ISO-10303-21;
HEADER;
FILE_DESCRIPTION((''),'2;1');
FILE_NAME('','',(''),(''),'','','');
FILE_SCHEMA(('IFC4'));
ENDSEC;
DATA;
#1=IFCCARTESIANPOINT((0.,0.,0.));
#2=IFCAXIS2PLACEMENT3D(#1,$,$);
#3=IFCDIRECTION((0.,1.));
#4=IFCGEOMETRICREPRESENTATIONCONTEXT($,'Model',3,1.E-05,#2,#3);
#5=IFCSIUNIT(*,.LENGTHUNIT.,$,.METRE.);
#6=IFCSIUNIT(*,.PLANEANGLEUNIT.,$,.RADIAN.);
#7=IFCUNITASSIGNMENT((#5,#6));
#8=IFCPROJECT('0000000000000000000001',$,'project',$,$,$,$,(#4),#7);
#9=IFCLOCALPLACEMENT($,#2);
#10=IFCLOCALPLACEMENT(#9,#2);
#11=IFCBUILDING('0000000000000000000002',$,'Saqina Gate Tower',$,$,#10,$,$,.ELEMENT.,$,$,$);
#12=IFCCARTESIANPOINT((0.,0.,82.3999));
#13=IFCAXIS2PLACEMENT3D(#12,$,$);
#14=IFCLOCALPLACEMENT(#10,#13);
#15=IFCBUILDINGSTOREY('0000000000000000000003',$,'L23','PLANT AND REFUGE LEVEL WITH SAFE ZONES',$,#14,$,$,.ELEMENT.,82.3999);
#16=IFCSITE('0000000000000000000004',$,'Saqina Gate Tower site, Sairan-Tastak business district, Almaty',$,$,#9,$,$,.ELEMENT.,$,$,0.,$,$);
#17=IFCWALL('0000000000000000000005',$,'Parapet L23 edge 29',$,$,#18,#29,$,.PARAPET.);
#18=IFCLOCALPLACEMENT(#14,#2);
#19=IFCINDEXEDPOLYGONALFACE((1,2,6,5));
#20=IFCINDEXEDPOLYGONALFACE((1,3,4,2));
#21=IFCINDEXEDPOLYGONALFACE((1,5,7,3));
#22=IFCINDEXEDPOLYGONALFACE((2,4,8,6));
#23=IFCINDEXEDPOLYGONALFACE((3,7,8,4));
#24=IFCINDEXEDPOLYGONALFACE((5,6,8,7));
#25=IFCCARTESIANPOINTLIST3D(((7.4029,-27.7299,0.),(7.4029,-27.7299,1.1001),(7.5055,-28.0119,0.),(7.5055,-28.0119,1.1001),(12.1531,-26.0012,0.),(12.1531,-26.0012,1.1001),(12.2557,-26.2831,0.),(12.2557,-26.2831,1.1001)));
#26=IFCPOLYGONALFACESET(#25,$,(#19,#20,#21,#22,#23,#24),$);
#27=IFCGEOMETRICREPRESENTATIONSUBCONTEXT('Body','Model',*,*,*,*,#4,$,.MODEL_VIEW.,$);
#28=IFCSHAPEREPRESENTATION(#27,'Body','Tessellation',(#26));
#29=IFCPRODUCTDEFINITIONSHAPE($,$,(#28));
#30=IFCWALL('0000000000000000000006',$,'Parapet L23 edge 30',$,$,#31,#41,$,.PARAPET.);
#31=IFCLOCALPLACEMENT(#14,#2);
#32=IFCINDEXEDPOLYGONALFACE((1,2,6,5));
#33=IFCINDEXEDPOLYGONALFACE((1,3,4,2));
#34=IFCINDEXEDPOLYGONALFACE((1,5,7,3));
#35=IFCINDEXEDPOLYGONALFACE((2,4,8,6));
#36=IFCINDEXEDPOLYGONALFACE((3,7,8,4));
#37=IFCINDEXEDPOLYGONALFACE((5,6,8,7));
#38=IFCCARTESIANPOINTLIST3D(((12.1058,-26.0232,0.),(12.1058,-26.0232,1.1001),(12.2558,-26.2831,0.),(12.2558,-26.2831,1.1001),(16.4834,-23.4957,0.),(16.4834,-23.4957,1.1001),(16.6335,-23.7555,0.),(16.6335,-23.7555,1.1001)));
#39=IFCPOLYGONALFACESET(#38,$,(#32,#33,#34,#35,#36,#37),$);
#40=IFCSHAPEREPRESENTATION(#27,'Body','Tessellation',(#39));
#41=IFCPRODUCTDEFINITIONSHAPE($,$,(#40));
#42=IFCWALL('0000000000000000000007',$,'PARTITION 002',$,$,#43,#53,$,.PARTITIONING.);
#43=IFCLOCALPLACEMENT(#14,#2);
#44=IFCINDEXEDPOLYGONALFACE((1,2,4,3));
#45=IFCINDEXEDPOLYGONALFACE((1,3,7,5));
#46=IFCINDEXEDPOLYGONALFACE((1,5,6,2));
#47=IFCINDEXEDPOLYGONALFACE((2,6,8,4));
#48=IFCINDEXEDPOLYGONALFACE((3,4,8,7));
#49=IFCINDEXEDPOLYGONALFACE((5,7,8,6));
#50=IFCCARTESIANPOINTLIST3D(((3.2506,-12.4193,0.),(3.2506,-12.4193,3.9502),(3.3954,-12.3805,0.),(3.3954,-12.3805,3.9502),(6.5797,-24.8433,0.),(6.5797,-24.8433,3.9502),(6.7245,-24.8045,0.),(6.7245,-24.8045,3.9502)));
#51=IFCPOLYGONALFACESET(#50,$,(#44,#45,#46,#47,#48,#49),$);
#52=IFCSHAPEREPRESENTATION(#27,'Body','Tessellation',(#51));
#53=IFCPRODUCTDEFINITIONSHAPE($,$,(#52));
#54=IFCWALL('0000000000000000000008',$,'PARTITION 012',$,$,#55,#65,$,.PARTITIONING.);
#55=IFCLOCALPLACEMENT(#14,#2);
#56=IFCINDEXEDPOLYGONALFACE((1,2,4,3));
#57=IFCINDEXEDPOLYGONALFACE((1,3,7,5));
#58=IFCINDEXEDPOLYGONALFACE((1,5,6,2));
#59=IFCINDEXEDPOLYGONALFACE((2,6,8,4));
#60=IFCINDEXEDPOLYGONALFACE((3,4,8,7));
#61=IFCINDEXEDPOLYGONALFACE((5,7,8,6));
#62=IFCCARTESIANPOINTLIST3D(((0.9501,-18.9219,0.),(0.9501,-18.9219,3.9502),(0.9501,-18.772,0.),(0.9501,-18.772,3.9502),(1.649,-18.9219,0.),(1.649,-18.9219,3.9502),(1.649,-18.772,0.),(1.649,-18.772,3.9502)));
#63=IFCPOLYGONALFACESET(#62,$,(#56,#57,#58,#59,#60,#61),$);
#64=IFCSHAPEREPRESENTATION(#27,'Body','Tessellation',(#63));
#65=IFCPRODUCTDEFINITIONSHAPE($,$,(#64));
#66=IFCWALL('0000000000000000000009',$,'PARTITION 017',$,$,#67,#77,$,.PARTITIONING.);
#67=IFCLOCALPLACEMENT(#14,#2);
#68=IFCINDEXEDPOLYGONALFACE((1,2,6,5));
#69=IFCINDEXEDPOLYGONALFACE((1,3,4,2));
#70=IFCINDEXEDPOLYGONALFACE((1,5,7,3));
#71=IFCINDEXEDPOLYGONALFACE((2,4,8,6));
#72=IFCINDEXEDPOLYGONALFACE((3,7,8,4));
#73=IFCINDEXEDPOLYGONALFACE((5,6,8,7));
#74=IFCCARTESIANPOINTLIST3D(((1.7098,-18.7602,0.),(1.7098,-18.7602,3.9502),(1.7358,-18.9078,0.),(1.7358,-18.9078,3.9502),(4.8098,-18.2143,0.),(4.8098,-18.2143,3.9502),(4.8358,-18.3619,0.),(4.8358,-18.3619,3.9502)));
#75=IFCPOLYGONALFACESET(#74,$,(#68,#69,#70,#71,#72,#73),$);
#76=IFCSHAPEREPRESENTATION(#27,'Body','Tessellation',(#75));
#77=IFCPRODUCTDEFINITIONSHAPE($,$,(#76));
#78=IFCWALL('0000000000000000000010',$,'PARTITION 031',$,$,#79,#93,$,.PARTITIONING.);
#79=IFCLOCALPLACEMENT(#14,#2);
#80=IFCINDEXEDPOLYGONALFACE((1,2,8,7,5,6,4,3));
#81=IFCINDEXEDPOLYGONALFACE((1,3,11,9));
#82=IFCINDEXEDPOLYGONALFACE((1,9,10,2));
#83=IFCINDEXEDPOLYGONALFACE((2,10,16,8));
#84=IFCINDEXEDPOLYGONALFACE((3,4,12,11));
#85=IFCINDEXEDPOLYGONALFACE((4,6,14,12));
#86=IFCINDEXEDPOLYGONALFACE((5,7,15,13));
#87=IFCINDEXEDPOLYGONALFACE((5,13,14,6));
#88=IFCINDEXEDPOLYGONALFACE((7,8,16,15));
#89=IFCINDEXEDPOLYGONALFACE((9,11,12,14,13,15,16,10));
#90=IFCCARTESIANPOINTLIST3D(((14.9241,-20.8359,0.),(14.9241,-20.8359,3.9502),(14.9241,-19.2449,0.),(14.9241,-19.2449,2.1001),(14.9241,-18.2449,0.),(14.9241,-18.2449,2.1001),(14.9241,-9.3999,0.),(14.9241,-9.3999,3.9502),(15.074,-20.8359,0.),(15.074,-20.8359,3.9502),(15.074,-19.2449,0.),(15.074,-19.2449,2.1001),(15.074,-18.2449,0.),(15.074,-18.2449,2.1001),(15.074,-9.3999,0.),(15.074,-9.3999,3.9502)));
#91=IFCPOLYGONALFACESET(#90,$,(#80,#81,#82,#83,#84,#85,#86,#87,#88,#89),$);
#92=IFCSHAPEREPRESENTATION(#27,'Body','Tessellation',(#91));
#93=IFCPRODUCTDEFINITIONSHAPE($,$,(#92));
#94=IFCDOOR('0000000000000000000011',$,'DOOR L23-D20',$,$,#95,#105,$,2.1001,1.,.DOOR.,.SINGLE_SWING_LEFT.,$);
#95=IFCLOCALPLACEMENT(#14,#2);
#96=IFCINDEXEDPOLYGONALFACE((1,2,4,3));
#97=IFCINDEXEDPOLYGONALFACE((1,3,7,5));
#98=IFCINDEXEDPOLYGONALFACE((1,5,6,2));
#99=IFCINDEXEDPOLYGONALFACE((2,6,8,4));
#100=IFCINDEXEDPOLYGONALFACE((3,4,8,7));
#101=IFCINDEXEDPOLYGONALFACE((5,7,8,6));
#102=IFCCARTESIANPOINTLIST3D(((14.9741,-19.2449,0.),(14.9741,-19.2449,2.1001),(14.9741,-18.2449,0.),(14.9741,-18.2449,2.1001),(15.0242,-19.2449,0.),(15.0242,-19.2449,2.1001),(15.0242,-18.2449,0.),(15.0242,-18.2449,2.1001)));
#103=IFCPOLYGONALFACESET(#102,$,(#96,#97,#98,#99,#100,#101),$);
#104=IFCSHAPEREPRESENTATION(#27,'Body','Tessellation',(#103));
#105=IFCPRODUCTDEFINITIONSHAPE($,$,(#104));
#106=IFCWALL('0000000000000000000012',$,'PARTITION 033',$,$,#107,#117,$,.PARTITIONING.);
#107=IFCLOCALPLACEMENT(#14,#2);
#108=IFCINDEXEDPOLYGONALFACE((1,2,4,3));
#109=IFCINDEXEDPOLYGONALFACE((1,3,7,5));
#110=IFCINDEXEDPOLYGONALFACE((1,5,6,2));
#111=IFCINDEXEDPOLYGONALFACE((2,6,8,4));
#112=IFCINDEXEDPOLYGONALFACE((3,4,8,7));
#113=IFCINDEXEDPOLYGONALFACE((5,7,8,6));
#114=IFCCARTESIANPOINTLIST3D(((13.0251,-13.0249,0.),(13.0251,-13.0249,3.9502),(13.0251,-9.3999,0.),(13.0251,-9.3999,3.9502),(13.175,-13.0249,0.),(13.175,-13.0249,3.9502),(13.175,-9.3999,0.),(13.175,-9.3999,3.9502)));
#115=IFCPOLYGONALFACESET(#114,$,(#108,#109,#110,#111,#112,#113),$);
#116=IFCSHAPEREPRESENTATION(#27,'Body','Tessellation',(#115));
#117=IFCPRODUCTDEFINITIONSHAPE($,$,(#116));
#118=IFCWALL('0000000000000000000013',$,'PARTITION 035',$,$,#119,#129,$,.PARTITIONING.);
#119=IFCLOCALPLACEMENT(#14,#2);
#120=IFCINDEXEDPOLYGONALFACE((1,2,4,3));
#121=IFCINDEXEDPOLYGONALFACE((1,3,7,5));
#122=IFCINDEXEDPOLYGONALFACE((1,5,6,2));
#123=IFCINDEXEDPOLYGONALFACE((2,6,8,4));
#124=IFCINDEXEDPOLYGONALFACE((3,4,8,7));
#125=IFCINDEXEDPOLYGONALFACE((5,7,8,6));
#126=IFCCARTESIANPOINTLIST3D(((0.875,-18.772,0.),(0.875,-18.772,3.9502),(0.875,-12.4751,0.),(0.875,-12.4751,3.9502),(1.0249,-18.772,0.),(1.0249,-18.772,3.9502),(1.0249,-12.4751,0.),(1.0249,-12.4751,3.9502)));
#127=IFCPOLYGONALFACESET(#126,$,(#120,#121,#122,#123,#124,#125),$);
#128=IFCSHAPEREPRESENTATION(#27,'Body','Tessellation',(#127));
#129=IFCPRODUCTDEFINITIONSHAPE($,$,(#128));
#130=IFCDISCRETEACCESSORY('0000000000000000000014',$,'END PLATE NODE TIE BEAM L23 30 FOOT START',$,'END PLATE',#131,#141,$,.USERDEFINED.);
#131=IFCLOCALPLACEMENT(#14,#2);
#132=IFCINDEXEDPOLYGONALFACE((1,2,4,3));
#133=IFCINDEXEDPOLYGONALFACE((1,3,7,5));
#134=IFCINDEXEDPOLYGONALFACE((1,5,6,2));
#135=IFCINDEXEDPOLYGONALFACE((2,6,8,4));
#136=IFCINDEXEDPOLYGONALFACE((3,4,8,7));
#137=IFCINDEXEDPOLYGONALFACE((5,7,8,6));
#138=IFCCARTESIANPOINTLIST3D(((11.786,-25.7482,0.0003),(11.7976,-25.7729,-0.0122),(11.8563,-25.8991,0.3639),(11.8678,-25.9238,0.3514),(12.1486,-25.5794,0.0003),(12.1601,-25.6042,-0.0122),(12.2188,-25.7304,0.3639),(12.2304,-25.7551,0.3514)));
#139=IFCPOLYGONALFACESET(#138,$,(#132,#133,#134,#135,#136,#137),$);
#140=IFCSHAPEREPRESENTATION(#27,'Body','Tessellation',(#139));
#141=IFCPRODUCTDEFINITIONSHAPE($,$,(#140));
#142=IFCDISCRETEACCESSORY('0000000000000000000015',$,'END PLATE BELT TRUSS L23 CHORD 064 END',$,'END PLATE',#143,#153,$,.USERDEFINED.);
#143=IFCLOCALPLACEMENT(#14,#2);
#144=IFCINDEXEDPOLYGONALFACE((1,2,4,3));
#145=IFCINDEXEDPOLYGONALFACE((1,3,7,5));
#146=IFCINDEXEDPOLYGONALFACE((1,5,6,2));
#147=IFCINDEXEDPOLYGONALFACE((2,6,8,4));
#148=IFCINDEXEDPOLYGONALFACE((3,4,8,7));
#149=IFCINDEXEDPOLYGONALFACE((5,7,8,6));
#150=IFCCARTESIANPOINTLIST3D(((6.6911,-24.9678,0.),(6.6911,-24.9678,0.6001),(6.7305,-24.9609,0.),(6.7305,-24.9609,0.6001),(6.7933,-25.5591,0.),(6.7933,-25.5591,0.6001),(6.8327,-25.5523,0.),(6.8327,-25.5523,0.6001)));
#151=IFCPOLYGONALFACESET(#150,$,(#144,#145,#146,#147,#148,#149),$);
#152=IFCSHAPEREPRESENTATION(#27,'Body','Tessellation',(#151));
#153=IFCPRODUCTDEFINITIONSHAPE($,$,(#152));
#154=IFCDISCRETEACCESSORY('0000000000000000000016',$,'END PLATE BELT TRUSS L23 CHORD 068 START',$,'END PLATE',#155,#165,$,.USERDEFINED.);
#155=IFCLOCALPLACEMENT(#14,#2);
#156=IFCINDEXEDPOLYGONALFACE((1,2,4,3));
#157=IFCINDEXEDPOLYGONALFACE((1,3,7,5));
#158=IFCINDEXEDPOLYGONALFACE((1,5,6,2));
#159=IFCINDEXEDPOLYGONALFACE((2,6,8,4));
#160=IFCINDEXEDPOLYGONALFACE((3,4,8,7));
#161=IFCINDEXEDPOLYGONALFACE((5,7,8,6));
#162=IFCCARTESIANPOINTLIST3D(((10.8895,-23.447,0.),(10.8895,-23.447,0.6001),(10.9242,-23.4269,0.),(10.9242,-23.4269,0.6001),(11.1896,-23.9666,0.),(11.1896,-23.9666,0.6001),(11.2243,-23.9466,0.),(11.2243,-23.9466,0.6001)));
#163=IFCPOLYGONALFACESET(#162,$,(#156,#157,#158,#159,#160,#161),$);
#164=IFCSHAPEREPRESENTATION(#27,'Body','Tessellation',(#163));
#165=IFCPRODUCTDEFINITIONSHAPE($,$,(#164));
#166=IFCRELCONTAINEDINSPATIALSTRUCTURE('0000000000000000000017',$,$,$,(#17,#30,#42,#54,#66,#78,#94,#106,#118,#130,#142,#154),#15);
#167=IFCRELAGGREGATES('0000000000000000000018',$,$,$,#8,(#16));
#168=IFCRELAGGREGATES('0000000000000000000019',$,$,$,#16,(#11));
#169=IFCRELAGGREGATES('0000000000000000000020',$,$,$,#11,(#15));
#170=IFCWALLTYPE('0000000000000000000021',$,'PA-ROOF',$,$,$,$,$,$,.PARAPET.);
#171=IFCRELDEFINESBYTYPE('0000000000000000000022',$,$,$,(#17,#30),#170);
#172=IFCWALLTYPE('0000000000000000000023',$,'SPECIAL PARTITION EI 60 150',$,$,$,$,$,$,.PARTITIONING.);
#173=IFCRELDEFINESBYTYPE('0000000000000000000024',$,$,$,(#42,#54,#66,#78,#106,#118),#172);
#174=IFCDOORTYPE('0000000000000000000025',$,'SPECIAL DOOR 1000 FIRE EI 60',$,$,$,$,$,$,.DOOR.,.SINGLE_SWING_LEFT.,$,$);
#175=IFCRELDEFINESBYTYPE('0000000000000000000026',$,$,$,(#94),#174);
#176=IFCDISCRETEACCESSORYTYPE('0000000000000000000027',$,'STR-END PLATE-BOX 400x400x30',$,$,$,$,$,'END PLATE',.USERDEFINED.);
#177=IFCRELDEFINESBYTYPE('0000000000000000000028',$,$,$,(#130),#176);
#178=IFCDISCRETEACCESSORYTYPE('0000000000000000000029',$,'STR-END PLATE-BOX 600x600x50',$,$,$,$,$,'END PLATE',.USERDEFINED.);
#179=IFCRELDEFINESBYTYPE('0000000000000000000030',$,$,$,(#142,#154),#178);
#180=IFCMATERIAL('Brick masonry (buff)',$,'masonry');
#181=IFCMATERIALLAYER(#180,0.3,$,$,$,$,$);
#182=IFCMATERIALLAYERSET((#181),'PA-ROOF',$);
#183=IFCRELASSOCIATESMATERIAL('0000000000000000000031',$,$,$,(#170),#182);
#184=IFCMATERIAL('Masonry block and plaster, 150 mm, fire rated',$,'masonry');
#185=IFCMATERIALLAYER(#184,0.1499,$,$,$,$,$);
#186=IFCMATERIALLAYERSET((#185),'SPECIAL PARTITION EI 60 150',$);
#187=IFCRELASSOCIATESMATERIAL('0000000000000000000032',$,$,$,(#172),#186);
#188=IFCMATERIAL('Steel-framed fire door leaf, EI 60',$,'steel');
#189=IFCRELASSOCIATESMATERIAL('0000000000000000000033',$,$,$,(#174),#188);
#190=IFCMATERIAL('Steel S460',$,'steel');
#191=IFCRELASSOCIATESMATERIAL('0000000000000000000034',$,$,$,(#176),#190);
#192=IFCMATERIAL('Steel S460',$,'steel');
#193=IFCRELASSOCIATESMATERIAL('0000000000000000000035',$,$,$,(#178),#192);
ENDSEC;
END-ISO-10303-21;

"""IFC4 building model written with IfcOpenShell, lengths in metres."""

from ifc_helpers import new_model, si_unit, direction, frame, frame_2d, origin, origin_2d, place, context, subcontext, project, spatial, rectangle, extrude, material, layer, layer_set, material_profile, profile_set, type_object, element, fill, save


model = new_model("IFC4")

# Units and contexts
model_context = context("Model", 3, precision=1e-05, world=origin(), true_north=direction((0.0, 1.0)))
body_context = subcontext(model_context, "Body", "Model", "MODEL_VIEW")
ifc_project = project(units=[si_unit("LENGTHUNIT", "METRE"), si_unit("PLANEANGLEUNIT", "RADIAN")], contexts=[model_context])

# Site, building, storey
site_placement = place(None, origin())
site = spatial("IfcSite", under=ifc_project, at=site_placement, Name="Saqina Gate Tower site, Sairan-Tastak business district, Almaty", CompositionType="ELEMENT", RefElevation=0.0)
building_placement = place(site_placement, origin())
building = spatial("IfcBuilding", under=site, at=building_placement, Name="Saqina Gate Tower", CompositionType="ELEMENT")
storey_placement = place(building_placement, frame((0.0, 0.0, 82.3999)))
storey = spatial("IfcBuildingStorey", under=building, at=storey_placement, Name="L23", Description="PLANT AND REFUGE LEVEL WITH SAFE ZONES", CompositionType="ELEMENT", Elevation=82.3999)

# Walls
ifc_material_1 = material(Name="Brick masonry (buff)", Category="masonry")
ifc_layer_1 = layer(ifc_material_1, 0.3)
ifc_layer_set_1 = layer_set([ifc_layer_1], Name="PA-ROOF")
wall_type_1 = type_object("IfcWallType", Name="PA-ROOF", PredefinedType="PARAPET", material=ifc_layer_set_1)
for number, where, z_axis, x_axis, name in (
    (1, (7.4543, -27.8708, 0.0), (0.0, 0.0, 1.0), (0.939705, 0.341987, 0.0), "Parapet L23 edge 29"),
    (2, (12.1809, -26.1531, 0.0), (0.0, 0.0, 1.0), (0.866014, 0.500019, 0.0), "Parapet L23 edge 30"),
):
    element("IfcWall", number, at=place(storey_placement, frame(where, z_axis=z_axis, x_axis=x_axis)), inside=storey, type_object=wall_type_1, Name=name, PredefinedType="PARAPET", context=body_context, shape_type="SweptSolid", body=[
        extrude(rectangle(XDim=5.0549, YDim=0.3, at=frame_2d((2.5273, 0.0))), origin(), (0.0, 0.0, 1.0), 1.1001),
    ])
ifc_material_2 = material(Name="Masonry block and plaster, 150 mm, fire rated", Category="masonry")
ifc_layer_2 = layer(ifc_material_2, 0.1499)
ifc_layer_set_2 = layer_set([ifc_layer_2], Name="SPECIAL PARTITION EI 60 150")
wall_type_2 = type_object("IfcWallType", Name="SPECIAL PARTITION EI 60 150", PredefinedType="PARTITIONING", material=ifc_layer_set_2)
wall_1_placement = place(storey_placement, frame((3.323, -12.3999, 0.0), z_axis=(0.0, 0.0, 1.0), x_axis=(0.258825, -0.965924, 0.0)))
element("IfcWall", 3, at=wall_1_placement, inside=storey, type_object=wall_type_2, Name="PARTITION 002", PredefinedType="PARTITIONING", context=body_context, shape_type="SweptSolid", body=[
    extrude(rectangle(XDim=12.8623, YDim=0.1499, at=frame_2d((6.4312, 0.0))), origin(), (0.0, 0.0, 1.0), 3.9502),
])
wall_2_placement = place(storey_placement, frame((0.95, -18.8469, 0.0), z_axis=(0.0, 0.0, 1.0), x_axis=(1.0, 0.0, 0.0)))
element("IfcWall", 4, at=wall_2_placement, inside=storey, type_object=wall_type_2, Name="PARTITION 012", PredefinedType="PARTITIONING", context=body_context, shape_type="SweptSolid", body=[
    extrude(rectangle(XDim=0.699, YDim=0.1499, at=frame_2d((0.3496, 0.0))), origin(), (0.0, 0.0, 1.0), 3.9502),
])
wall_3_placement = place(storey_placement, frame((1.7229, -18.834, 0.0), z_axis=(0.0, 0.0, 1.0), x_axis=(0.984848, 0.173423, 0.0)))
element("IfcWall", 5, at=wall_3_placement, inside=storey, type_object=wall_type_2, Name="PARTITION 017", PredefinedType="PARTITIONING", context=body_context, shape_type="SweptSolid", body=[
    extrude(rectangle(XDim=3.1477, YDim=0.1499, at=frame_2d((1.5737, 0.0))), origin(), (0.0, 0.0, 1.0), 3.9502),
])

# Wall, opening, door
wall_4_placement = place(storey_placement, frame((14.999, -20.8359, 0.0), z_axis=(0.0, 0.0, 1.0), x_axis=(0.0, 1.0, 0.0)))
wall_4 = element("IfcWall", 6, at=wall_4_placement, inside=storey, type_object=wall_type_2, Name="PARTITION 031", PredefinedType="PARTITIONING", context=body_context, shape_type="SweptSolid", body=[
    extrude(rectangle(XDim=11.436, YDim=0.1499, at=frame_2d((5.718, 0.0))), origin(), (0.0, 0.0, 1.0), 3.9502),
])
opening_placement = place(wall_4_placement, frame((1.5911, 0.0, 0.0)))
opening = element("IfcOpeningElement", 7, at=opening_placement, cuts=wall_4, PredefinedType="OPENING", context=body_context, shape_type="SweptSolid", body=[
    extrude(rectangle(XDim=1.0, YDim=2.1001, at=frame_2d((0.5, 1.05))), frame((0.0, 0.0869, 0.0), z_axis=(0.0, -1.0, 0.0), x_axis=(1.0, 0.0, 0.0)), (0.0, 0.0, 1.0), 0.1738),
])
ifc_material_3 = material(Name="Steel-framed fire door leaf, EI 60", Category="steel")
door_type = type_object("IfcDoorType", Name="SPECIAL DOOR 1000 FIRE EI 60", OperationType="SINGLE_SWING_LEFT", PredefinedType="DOOR", material=ifc_material_3)
door_placement = place(opening_placement, origin())
door = element("IfcDoor", 8, at=door_placement, inside=storey, type_object=door_type, Name="DOOR L23-D20", OperationType="SINGLE_SWING_LEFT", OverallHeight=2.1001, OverallWidth=1.0, PredefinedType="DOOR", context=body_context, shape_type="SweptSolid", body=[
    extrude(rectangle(XDim=1.0, YDim=2.1001, at=frame_2d((0.5, 1.05))), frame((0.0, 0.0249, 0.0), z_axis=(0.0, -1.0, 0.0), x_axis=(1.0, 0.0, 0.0)), (0.0, 0.0, 1.0), 0.05),
])
fill(opening, door)

# Walls
wall_5_placement = place(storey_placement, frame((13.1001, -13.0249, 0.0), z_axis=(0.0, 0.0, 1.0), x_axis=(0.0, 1.0, 0.0)))
element("IfcWall", 9, at=wall_5_placement, inside=storey, type_object=wall_type_2, Name="PARTITION 033", PredefinedType="PARTITIONING", context=body_context, shape_type="SweptSolid", body=[
    extrude(rectangle(XDim=3.625, YDim=0.1499, at=frame_2d((1.8125, 0.0))), origin(), (0.0, 0.0, 1.0), 3.9502),
])
wall_6_placement = place(storey_placement, frame((0.95, -18.772, 0.0), z_axis=(0.0, 0.0, 1.0), x_axis=(0.0, 1.0, 0.0)))
element("IfcWall", 10, at=wall_6_placement, inside=storey, type_object=wall_type_2, Name="PARTITION 035", PredefinedType="PARTITIONING", context=body_context, shape_type="SweptSolid", body=[
    extrude(rectangle(XDim=6.2969, YDim=0.1499, at=frame_2d((3.1484, 0.0))), origin(), (0.0, 0.0, 1.0), 3.9502),
])

# Discrete accessories
ifc_material_4 = material(Name="Steel S460", Category="steel")
ifc_material_profile_1 = material_profile(ifc_material_4, rectangle(XDim=0.3999, YDim=0.3999, at=origin_2d()), Name="STR-END PLATE-BOX 400x400x30")
ifc_profile_set_1 = profile_set([ifc_material_profile_1], Name="Steel S460")
discrete_accessory_type_1 = type_object("IfcDiscreteAccessoryType", Name="STR-END PLATE-BOX 400x400x30", ElementType="END PLATE", PredefinedType="USERDEFINED", material=ifc_profile_set_1)
discrete_accessory_placement = place(storey_placement, frame((12.0024, -25.7393, 0.1821), z_axis=(0.383613, -0.824359, -0.416261), x_axis=(-0.90664, -0.421905, 0.000007)))
element("IfcDiscreteAccessory", 11, at=discrete_accessory_placement, inside=storey, type_object=discrete_accessory_type_1, Name="END PLATE NODE TIE BEAM L23 30 FOOT START", ObjectType="END PLATE", PredefinedType="USERDEFINED", context=body_context, shape_type="SweptSolid", body=[
    extrude(rectangle(XDim=0.3999, YDim=0.3999, at=origin_2d()), origin(), (0.0, 0.0, 1.0), 0.03),
])
ifc_material_5 = material(Name="Steel S460", Category="steel")
ifc_material_profile_2 = material_profile(ifc_material_5, rectangle(XDim=0.6001, YDim=0.6001, at=origin_2d()), Name="STR-END PLATE-BOX 600x600x50")
ifc_profile_set_2 = profile_set([ifc_material_profile_2], Name="Steel S460")
discrete_accessory_type_2 = type_object("IfcDiscreteAccessoryType", Name="STR-END PLATE-BOX 600x600x50", ElementType="END PLATE", PredefinedType="USERDEFINED", material=ifc_profile_set_2)
for number, where, z_axis, x_axis, name in (
    (12, (6.7422, -25.2634, 0.3), (0.98539, 0.170314, 0.0), (-0.170314, 0.98539, 0.0), "END PLATE BELT TRUSS L23 CHORD 064 END"),
    (13, (11.0742, -23.6868, 0.3), (-0.865982, -0.500074, 0.0), (-0.500074, 0.865982, 0.0), "END PLATE BELT TRUSS L23 CHORD 068 START"),
):
    element("IfcDiscreteAccessory", number, at=place(storey_placement, frame(where, z_axis=z_axis, x_axis=x_axis)), inside=storey, type_object=discrete_accessory_type_2, Name=name, ObjectType="END PLATE", PredefinedType="USERDEFINED", context=body_context, shape_type="SweptSolid", body=[
        extrude(rectangle(XDim=0.6001, YDim=0.6001, at=origin_2d()), origin(), (0.0, 0.0, 1.0), 0.04),
    ])

save(model, "model.ifc")
